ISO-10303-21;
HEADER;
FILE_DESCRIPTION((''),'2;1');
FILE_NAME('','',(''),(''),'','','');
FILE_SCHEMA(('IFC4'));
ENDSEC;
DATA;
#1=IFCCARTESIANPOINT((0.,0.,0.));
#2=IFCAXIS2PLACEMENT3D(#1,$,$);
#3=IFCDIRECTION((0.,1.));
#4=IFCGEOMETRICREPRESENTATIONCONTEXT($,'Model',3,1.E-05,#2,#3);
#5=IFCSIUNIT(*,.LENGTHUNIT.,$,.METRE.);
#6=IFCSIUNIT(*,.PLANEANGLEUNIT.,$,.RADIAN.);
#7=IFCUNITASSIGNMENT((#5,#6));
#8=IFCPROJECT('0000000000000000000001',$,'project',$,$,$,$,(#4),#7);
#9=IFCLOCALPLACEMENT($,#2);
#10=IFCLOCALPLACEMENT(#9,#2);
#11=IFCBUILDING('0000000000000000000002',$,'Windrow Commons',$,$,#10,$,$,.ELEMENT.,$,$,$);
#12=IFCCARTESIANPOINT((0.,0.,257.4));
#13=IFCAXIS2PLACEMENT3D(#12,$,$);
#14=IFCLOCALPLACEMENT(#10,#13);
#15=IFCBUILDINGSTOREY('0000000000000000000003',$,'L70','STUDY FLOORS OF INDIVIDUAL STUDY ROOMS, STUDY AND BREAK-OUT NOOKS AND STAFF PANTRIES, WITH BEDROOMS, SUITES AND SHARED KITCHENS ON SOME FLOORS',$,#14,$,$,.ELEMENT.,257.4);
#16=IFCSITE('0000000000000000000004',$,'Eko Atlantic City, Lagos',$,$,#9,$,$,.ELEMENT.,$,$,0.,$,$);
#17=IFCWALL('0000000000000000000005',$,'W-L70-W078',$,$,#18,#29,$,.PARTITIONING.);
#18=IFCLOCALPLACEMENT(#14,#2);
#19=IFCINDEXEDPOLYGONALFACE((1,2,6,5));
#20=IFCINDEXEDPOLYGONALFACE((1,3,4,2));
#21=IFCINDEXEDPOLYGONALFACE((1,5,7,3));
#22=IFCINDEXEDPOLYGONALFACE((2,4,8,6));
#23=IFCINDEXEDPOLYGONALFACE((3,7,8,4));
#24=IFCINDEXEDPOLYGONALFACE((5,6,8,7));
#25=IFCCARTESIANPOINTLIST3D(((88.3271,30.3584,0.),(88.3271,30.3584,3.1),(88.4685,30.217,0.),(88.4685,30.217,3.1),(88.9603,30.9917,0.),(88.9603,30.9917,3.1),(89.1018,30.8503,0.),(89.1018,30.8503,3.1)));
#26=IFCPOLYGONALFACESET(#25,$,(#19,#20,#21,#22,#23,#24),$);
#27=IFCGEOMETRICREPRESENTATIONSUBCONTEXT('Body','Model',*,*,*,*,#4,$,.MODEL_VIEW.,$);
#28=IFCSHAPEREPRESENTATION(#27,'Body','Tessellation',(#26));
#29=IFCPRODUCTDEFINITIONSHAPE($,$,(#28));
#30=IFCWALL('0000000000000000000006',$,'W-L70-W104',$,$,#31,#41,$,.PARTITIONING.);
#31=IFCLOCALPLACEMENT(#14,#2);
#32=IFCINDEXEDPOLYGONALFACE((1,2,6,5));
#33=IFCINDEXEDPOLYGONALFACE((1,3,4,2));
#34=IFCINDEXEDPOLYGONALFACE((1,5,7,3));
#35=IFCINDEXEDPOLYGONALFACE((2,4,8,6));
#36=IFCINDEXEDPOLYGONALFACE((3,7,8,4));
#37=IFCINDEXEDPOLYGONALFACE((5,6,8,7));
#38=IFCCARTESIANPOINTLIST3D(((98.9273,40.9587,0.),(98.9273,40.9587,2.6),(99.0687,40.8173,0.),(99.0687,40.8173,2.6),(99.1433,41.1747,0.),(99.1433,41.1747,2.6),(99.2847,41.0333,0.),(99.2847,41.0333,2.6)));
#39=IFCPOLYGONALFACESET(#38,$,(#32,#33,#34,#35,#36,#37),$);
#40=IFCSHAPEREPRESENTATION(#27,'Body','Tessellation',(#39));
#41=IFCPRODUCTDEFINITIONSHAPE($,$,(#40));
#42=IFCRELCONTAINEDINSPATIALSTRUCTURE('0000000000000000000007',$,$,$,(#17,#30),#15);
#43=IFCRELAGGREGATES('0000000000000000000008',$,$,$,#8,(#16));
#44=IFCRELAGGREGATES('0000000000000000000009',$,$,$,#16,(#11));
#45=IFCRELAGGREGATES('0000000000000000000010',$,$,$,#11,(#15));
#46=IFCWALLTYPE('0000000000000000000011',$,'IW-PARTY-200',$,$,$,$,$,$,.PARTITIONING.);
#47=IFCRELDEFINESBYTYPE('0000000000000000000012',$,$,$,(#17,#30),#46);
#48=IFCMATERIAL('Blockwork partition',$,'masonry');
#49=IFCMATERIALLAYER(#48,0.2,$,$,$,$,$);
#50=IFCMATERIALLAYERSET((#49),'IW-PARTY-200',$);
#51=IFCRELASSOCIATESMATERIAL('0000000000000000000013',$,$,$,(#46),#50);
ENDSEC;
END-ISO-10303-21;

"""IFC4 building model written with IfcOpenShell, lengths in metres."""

from ifc_helpers import new_model, si_unit, direction, frame, frame_2d, origin, place, context, subcontext, project, spatial, rectangle, extrude, material, layer, layer_set, type_object, element, save


model = new_model("IFC4")

# Units and contexts
model_context = context("Model", 3, precision=1e-05, world=origin(), true_north=direction((0.0, 1.0)))
body_context = subcontext(model_context, "Body", "Model", "MODEL_VIEW")
ifc_project = project(units=[si_unit("LENGTHUNIT", "METRE"), si_unit("PLANEANGLEUNIT", "RADIAN")], contexts=[model_context])

# Site, building, storey
site_placement = place(None, origin())
site = spatial("IfcSite", under=ifc_project, at=site_placement, Name="Eko Atlantic City, Lagos", CompositionType="ELEMENT", RefElevation=0.0)
building_placement = place(site_placement, origin())
building = spatial("IfcBuilding", under=site, at=building_placement, Name="Windrow Commons", CompositionType="ELEMENT")
storey_placement = place(building_placement, frame((0.0, 0.0, 257.4)))
storey = spatial("IfcBuildingStorey", under=building, at=storey_placement, Name="L70", Description="STUDY FLOORS OF INDIVIDUAL STUDY ROOMS, STUDY AND BREAK-OUT NOOKS AND STAFF PANTRIES, WITH BEDROOMS, SUITES AND SHARED KITCHENS ON SOME FLOORS", CompositionType="ELEMENT", Elevation=257.4)

# Walls
ifc_material_1 = material(Name="Blockwork partition", Category="masonry")
ifc_layer_1 = layer(ifc_material_1, 0.2)
ifc_layer_set_1 = layer_set([ifc_layer_1], Name="IW-PARTY-200")
wall_type_1 = type_object("IfcWallType", Name="IW-PARTY-200", PredefinedType="PARTITIONING", material=ifc_layer_set_1)
wall_1_placement = place(storey_placement, frame((88.3978, 30.2877, 0.0), z_axis=(0.0, 0.0, 1.0), x_axis=(0.707051, 0.707163, 0.0)))
element("IfcWall", 1, at=wall_1_placement, inside=storey, type_object=wall_type_1, Name="W-L70-W078", PredefinedType="PARTITIONING", context=body_context, shape_type="SweptSolid", body=[
    extrude(rectangle(XDim=0.8956, YDim=0.2, at=frame_2d((0.4478, 0.0))), origin(), (0.0, 0.0, 1.0), 3.1),
])
wall_2_placement = place(storey_placement, frame((98.998, 40.888, 0.0), z_axis=(0.0, 0.0, 1.0), x_axis=(0.707107, 0.707107, 0.0)))
element("IfcWall", 2, at=wall_2_placement, inside=storey, type_object=wall_type_1, Name="W-L70-W104", PredefinedType="PARTITIONING", context=body_context, shape_type="SweptSolid", body=[
    extrude(rectangle(XDim=0.3055, YDim=0.2, at=frame_2d((0.1527, 0.0))), origin(), (0.0, 0.0, 1.0), 2.6),
])

save(model, "model.ifc")
